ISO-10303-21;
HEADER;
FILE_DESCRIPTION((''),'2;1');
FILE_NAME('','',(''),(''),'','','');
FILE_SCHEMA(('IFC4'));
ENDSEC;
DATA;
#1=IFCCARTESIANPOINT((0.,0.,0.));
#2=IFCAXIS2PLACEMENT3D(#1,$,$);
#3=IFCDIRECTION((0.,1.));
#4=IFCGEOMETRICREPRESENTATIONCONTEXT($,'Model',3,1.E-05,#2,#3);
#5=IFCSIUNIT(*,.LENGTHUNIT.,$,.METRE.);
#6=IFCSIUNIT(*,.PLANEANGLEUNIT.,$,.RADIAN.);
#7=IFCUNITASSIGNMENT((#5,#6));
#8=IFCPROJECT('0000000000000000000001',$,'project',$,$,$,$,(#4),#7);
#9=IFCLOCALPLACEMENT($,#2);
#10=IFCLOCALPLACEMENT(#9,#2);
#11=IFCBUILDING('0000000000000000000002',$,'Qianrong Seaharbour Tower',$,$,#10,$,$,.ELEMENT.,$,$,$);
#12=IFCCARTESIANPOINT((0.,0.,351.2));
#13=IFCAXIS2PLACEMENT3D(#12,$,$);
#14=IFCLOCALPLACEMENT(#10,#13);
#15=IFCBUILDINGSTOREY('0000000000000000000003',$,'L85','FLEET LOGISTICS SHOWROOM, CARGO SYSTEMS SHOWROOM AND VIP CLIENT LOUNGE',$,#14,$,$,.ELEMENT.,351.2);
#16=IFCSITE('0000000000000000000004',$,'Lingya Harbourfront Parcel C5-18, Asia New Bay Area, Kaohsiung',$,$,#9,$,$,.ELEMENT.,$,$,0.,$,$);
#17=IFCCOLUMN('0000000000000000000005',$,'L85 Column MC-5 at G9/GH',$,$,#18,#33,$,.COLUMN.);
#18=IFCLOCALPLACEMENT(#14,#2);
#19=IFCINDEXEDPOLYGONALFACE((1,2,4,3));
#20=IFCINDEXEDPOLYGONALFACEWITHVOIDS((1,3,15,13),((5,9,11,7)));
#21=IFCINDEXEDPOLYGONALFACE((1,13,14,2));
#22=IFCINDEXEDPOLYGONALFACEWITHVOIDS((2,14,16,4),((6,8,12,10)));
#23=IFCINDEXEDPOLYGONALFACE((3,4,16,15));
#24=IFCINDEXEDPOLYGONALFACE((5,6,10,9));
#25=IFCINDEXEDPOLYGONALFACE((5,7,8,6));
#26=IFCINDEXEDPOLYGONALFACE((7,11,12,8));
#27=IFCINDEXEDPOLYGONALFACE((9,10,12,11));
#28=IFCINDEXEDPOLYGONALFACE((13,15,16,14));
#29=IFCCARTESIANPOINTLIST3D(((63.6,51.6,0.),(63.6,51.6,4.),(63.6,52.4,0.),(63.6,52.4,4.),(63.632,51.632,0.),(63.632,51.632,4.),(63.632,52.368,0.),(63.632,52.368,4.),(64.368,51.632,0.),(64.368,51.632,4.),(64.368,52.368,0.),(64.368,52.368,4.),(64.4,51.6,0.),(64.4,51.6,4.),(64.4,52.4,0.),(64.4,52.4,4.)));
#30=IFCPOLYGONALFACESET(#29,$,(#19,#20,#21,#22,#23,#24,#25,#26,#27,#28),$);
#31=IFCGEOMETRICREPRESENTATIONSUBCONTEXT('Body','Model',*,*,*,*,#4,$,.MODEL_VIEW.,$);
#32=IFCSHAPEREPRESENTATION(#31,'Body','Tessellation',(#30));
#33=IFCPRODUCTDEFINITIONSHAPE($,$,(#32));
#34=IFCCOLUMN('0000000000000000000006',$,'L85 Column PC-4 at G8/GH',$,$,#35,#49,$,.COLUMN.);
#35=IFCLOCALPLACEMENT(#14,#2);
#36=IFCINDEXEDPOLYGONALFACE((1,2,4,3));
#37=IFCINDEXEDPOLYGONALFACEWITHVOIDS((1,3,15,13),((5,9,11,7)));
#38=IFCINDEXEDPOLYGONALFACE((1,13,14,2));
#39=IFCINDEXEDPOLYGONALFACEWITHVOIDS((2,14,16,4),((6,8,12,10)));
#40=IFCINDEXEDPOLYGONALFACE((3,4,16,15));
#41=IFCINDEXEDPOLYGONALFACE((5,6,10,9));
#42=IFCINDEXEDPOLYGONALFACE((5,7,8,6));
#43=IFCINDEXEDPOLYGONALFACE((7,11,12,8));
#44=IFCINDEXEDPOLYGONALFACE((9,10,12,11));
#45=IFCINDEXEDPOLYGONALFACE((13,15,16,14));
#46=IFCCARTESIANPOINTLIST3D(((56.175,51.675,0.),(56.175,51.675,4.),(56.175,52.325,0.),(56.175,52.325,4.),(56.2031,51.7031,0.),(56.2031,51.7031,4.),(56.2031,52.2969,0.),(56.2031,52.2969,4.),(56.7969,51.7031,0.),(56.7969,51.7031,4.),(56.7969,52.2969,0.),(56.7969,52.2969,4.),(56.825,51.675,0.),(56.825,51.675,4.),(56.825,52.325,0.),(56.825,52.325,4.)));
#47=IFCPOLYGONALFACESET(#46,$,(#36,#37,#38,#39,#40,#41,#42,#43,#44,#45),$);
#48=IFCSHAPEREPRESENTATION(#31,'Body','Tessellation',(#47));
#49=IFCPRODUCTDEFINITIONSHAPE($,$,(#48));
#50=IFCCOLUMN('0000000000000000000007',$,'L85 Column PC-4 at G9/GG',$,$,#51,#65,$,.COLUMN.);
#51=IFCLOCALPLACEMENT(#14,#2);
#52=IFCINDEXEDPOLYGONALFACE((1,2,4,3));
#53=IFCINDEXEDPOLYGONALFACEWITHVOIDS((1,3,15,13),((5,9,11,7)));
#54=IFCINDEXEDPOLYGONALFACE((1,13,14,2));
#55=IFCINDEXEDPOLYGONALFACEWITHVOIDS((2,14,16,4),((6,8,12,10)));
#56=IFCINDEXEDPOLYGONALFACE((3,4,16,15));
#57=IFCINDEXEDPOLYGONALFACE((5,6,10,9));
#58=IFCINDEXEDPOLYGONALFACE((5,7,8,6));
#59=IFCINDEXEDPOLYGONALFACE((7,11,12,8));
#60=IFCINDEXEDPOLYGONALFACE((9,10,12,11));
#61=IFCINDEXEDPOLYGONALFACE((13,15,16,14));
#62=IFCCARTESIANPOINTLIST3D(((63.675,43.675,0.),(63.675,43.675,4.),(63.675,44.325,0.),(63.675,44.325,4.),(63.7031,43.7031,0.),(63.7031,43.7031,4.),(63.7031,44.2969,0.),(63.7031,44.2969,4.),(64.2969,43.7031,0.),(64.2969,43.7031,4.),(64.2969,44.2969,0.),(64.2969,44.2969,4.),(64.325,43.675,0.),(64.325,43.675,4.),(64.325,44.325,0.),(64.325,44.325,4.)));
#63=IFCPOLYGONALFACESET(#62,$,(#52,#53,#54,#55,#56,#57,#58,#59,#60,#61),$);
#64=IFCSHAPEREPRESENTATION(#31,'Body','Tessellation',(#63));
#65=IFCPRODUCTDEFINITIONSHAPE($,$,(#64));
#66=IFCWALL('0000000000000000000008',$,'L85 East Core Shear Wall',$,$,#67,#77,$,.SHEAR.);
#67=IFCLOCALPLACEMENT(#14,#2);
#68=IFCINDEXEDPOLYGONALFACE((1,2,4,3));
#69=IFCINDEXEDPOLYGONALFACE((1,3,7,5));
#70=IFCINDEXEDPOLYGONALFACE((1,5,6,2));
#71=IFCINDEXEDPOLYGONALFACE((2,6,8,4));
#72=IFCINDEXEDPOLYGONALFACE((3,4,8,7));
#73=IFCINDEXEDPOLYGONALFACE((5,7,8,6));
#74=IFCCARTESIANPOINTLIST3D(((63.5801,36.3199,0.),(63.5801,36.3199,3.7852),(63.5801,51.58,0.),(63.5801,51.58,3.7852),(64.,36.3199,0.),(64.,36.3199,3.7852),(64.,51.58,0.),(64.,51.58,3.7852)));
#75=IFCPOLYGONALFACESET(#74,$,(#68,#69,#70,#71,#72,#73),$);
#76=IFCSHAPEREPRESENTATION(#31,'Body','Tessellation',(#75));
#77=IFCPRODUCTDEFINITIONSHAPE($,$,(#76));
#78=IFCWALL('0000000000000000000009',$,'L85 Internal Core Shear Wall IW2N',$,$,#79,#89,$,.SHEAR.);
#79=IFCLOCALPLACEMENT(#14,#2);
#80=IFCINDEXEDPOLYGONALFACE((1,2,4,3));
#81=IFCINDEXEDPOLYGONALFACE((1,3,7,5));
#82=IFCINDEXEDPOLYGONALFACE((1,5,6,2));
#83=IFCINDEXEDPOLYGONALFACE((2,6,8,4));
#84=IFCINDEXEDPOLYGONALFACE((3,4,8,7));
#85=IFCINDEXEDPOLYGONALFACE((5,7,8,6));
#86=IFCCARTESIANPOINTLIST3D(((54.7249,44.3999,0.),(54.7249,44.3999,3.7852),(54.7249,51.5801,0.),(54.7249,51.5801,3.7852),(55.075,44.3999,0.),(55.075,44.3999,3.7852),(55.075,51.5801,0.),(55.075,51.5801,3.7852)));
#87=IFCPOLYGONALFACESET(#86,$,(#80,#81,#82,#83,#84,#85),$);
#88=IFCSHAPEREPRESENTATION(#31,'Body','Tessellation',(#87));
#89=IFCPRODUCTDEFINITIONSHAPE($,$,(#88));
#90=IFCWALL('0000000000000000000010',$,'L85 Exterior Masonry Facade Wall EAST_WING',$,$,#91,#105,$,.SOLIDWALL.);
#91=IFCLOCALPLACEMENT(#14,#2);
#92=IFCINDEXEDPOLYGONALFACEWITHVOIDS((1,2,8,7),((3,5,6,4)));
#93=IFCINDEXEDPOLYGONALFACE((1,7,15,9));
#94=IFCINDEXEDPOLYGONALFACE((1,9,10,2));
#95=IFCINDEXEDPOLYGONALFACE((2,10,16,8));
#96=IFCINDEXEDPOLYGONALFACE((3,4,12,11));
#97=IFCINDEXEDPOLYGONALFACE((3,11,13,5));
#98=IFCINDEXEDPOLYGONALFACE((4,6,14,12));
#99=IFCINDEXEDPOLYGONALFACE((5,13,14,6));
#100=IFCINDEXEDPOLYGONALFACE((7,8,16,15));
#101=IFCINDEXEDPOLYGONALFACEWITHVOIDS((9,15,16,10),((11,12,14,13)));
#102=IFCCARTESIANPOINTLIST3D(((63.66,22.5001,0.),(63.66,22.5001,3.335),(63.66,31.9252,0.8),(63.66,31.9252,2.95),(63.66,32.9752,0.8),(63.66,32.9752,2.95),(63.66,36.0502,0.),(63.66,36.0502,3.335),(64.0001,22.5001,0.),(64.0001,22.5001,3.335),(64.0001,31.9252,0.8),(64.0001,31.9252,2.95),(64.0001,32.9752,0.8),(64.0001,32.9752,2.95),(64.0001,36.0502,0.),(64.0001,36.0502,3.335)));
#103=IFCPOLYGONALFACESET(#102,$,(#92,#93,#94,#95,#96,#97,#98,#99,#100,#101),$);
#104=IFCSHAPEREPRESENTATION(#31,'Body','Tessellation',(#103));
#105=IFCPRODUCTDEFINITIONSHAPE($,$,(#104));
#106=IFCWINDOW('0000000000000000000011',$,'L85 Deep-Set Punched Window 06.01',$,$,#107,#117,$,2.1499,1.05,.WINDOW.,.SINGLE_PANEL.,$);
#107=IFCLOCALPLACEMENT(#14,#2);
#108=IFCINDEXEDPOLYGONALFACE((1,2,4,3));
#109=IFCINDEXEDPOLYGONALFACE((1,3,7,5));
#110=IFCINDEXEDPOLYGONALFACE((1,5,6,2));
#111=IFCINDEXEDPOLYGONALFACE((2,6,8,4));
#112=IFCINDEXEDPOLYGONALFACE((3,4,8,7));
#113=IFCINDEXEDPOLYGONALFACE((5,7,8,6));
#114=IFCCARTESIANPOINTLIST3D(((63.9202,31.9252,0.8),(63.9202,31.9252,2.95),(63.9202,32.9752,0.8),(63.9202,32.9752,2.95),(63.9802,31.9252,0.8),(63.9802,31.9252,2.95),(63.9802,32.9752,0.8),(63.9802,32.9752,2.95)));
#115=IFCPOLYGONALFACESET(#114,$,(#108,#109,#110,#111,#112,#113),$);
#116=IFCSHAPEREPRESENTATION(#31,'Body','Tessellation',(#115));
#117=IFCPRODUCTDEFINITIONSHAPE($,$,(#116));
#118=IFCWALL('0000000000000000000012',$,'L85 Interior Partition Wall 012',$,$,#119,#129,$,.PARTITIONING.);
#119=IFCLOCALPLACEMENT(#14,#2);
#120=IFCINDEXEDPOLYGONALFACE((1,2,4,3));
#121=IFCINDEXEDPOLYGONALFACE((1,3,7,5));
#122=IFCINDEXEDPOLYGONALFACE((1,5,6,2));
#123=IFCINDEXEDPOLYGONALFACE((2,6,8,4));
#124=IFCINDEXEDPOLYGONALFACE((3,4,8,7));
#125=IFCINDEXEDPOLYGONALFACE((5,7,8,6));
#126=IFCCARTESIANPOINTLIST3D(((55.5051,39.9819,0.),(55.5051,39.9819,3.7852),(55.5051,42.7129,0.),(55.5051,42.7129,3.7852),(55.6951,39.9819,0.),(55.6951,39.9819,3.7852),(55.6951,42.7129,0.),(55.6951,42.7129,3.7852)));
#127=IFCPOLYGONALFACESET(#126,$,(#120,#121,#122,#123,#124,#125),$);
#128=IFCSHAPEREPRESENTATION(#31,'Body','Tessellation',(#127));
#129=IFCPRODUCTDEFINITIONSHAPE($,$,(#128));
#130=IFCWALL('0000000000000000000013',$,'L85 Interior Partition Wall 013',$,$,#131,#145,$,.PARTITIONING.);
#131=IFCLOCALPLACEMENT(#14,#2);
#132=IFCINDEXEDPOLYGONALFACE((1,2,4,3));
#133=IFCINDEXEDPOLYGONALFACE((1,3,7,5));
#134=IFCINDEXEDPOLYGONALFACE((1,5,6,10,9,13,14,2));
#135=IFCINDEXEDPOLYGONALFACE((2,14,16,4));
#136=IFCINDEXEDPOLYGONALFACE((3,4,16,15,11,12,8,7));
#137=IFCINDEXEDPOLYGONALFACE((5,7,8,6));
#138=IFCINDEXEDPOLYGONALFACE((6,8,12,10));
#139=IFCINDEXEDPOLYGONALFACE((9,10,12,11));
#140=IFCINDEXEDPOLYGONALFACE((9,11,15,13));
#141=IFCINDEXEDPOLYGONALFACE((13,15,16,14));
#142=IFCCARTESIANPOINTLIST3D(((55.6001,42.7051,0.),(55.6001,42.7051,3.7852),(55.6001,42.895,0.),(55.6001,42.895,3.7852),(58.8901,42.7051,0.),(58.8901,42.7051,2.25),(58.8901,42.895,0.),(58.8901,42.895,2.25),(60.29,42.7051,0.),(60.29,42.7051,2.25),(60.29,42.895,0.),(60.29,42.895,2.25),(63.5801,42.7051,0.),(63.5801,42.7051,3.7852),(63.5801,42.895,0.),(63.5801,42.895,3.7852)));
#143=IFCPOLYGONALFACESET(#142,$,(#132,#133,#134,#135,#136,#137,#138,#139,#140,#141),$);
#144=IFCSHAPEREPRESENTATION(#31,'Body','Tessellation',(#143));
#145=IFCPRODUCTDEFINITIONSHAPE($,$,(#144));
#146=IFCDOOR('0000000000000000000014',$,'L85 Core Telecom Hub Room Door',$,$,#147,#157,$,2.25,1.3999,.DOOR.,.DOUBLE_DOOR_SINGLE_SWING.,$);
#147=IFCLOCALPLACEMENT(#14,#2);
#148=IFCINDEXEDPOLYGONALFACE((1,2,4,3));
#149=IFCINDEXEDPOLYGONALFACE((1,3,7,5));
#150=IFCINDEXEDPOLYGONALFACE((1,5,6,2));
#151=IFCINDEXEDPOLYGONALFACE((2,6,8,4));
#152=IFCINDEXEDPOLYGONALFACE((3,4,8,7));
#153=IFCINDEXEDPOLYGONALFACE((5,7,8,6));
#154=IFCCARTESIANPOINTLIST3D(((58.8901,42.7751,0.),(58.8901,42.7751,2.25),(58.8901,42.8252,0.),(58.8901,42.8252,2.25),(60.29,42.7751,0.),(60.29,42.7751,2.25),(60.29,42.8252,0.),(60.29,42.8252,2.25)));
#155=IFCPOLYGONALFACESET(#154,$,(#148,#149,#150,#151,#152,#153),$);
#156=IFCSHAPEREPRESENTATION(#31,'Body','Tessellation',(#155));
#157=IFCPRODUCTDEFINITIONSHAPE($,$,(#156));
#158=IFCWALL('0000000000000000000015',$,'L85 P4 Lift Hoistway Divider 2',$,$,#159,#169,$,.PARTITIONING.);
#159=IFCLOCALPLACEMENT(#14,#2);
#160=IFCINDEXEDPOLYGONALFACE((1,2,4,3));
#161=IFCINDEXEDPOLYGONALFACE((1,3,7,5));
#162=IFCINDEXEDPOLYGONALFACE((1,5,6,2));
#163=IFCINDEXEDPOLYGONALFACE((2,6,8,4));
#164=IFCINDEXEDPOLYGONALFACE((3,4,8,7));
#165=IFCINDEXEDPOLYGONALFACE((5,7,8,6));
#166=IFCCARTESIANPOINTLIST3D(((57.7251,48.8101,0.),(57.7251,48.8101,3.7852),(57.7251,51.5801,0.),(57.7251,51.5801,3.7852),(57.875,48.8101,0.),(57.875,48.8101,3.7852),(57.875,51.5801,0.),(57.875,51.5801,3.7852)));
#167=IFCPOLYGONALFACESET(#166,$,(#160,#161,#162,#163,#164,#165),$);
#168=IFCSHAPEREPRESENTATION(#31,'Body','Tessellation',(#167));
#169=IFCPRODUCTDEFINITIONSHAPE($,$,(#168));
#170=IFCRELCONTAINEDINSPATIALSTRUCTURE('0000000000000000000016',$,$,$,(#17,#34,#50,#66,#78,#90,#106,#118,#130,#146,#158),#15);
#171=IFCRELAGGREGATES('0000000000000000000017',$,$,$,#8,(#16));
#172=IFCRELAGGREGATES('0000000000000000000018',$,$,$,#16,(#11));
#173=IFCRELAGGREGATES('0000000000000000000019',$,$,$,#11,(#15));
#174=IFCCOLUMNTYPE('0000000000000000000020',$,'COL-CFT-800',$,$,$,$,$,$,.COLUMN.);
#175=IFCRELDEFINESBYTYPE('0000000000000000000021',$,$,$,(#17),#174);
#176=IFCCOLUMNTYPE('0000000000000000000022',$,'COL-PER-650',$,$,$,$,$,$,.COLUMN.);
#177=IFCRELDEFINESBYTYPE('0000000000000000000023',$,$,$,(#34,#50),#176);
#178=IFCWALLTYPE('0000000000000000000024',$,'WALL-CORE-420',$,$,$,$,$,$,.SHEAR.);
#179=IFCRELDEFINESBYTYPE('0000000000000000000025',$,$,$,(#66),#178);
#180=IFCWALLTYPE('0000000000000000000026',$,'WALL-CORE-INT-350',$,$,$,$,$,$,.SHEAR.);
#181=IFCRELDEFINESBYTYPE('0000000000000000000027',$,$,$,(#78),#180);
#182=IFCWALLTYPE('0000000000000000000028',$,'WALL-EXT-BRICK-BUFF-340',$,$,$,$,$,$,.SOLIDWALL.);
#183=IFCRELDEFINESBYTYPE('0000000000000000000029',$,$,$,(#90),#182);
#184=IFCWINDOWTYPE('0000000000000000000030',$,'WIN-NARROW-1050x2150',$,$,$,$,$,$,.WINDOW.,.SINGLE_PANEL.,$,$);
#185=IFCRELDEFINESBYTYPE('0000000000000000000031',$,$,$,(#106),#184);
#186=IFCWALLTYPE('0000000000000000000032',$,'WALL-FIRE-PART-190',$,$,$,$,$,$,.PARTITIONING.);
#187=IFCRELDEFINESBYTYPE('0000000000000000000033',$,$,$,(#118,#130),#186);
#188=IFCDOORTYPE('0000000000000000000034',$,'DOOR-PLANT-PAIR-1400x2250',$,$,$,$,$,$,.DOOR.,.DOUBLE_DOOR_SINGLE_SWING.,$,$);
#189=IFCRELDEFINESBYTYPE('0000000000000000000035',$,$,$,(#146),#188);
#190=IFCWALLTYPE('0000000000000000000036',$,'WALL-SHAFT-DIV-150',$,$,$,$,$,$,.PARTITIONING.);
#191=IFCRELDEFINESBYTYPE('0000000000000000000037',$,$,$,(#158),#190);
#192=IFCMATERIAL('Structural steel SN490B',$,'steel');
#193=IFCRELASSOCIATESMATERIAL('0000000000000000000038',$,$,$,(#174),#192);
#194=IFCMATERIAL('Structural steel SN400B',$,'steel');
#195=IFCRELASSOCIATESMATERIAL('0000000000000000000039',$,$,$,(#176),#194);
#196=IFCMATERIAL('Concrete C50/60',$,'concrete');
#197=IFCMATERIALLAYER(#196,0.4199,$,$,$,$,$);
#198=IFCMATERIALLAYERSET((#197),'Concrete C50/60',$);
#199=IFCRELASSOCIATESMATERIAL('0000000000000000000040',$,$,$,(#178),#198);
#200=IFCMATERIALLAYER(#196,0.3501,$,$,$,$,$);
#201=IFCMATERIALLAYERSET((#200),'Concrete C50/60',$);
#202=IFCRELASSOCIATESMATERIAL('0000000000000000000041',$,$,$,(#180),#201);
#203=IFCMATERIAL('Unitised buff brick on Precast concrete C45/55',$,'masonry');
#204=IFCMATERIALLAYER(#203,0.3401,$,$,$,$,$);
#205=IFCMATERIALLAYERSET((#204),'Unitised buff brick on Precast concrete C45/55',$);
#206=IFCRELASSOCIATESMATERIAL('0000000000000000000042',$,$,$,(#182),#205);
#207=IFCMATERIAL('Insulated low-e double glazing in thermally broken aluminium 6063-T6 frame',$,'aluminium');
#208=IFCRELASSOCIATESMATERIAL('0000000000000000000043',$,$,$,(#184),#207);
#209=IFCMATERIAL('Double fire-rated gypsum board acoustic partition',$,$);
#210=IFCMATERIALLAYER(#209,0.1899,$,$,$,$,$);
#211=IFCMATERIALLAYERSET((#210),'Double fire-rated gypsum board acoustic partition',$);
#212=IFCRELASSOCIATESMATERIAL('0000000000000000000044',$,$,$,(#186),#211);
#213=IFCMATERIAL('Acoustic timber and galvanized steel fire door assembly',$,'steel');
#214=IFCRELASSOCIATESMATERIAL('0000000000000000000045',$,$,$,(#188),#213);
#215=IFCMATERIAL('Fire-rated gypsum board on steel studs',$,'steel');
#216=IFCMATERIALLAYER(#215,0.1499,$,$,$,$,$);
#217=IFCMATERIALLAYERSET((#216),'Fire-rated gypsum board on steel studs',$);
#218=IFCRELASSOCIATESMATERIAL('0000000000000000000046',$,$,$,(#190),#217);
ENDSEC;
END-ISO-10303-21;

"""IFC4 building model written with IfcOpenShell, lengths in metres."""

from ifc_helpers import new_model, si_unit, direction, frame, frame_2d, origin, origin_2d, place, context, subcontext, project, spatial, rectangle, hollow_rectangle, extrude, material, layer, layer_set, material_profile, profile_set, type_object, element, fill, save


model = new_model("IFC4")

# Units and contexts
model_context = context("Model", 3, precision=1e-05, world=origin(), true_north=direction((0.0, 1.0)))
body_context = subcontext(model_context, "Body", "Model", "MODEL_VIEW")
ifc_project = project(units=[si_unit("LENGTHUNIT", "METRE"), si_unit("PLANEANGLEUNIT", "RADIAN")], contexts=[model_context])

# Site, building, storey
site_placement = place(None, origin())
site = spatial("IfcSite", under=ifc_project, at=site_placement, Name="Lingya Harbourfront Parcel C5-18, Asia New Bay Area, Kaohsiung", CompositionType="ELEMENT", RefElevation=0.0)
building_placement = place(site_placement, origin())
building = spatial("IfcBuilding", under=site, at=building_placement, Name="Qianrong Seaharbour Tower", CompositionType="ELEMENT")
storey_placement = place(building_placement, frame((0.0, 0.0, 351.2)))
storey = spatial("IfcBuildingStorey", under=building, at=storey_placement, Name="L85", Description="FLEET LOGISTICS SHOWROOM, CARGO SYSTEMS SHOWROOM AND VIP CLIENT LOUNGE", CompositionType="ELEMENT", Elevation=351.2)

# Columns
ifc_material_1 = material(Name="Structural steel SN490B", Category="steel")
ifc_material_profile_1 = material_profile(ifc_material_1, hollow_rectangle(XDim=0.8, YDim=0.8, WallThickness=0.032, at=origin_2d()), Name="BOX800x800x32")
ifc_profile_set_1 = profile_set([ifc_material_profile_1], Name="Structural steel SN490B")
column_type_1 = type_object("IfcColumnType", Name="COL-CFT-800", PredefinedType="COLUMN", material=ifc_profile_set_1)
column_placement = place(storey_placement, frame((64.0, 52.0, 0.0), z_axis=(0.0, 0.0, 1.0), x_axis=(1.0, 0.0, 0.0)))
element("IfcColumn", 1, at=column_placement, inside=storey, type_object=column_type_1, Name="L85 Column MC-5 at G9/GH", PredefinedType="COLUMN", context=body_context, shape_type="SweptSolid", body=[
    extrude(hollow_rectangle(XDim=0.8, YDim=0.8, WallThickness=0.032, at=origin_2d()), origin(), (0.0, 0.0, 1.0), 4.0),
])
ifc_material_2 = material(Name="Structural steel SN400B", Category="steel")
ifc_material_profile_2 = material_profile(ifc_material_2, hollow_rectangle(XDim=0.6499, YDim=0.6499, WallThickness=0.0281, at=origin_2d()), Name="BOX650x650x28")
ifc_profile_set_2 = profile_set([ifc_material_profile_2], Name="Structural steel SN400B")
column_type_2 = type_object("IfcColumnType", Name="COL-PER-650", PredefinedType="COLUMN", material=ifc_profile_set_2)
for number, where, z_axis, x_axis, name in (
    (2, (56.5, 52.0, 0.0), (0.0, 0.0, 1.0), (1.0, 0.0, 0.0), "L85 Column PC-4 at G8/GH"),
    (3, (64.0, 44.0, 0.0), (0.0, 0.0, 1.0), (1.0, 0.0, 0.0), "L85 Column PC-4 at G9/GG"),
):
    element("IfcColumn", number, at=place(storey_placement, frame(where, z_axis=z_axis, x_axis=x_axis)), inside=storey, type_object=column_type_2, Name=name, PredefinedType="COLUMN", context=body_context, shape_type="SweptSolid", body=[
        extrude(hollow_rectangle(XDim=0.6499, YDim=0.6499, WallThickness=0.0281, at=origin_2d()), origin(), (0.0, 0.0, 1.0), 4.0),
    ])

# Walls
ifc_material_3 = material(Name="Concrete C50/60", Category="concrete")
ifc_layer_1 = layer(ifc_material_3, 0.4199)
ifc_layer_set_1 = layer_set([ifc_layer_1], Name="Concrete C50/60")
wall_type_1 = type_object("IfcWallType", Name="WALL-CORE-420", PredefinedType="SHEAR", material=ifc_layer_set_1)
wall_1_placement = place(storey_placement, frame((63.79, 36.3201, 0.0), z_axis=(0.0, 0.0, 1.0), x_axis=(0.0, 1.0, 0.0)))
element("IfcWall", 4, at=wall_1_placement, inside=storey, type_object=wall_type_1, Name="L85 East Core Shear Wall", PredefinedType="SHEAR", context=body_context, shape_type="SweptSolid", body=[
    extrude(rectangle(XDim=15.26, YDim=0.4199, at=frame_2d((7.6299, 0.0))), origin(), (0.0, 0.0, 1.0), 3.7852),
])
ifc_layer_2 = layer(ifc_material_3, 0.3501)
ifc_layer_set_2 = layer_set([ifc_layer_2], Name="Concrete C50/60")
wall_type_2 = type_object("IfcWallType", Name="WALL-CORE-INT-350", PredefinedType="SHEAR", material=ifc_layer_set_2)
wall_2_placement = place(storey_placement, frame((54.8999, 44.3999, 0.0), z_axis=(0.0, 0.0, 1.0), x_axis=(0.0, 1.0, 0.0)))
element("IfcWall", 5, at=wall_2_placement, inside=storey, type_object=wall_type_2, Name="L85 Internal Core Shear Wall IW2N", PredefinedType="SHEAR", context=body_context, shape_type="SweptSolid", body=[
    extrude(rectangle(XDim=7.1802, YDim=0.3501, at=frame_2d((3.5901, 0.0))), origin(), (0.0, 0.0, 1.0), 3.7852),
])

# Wall, opening, window
ifc_material_4 = material(Name="Unitised buff brick on Precast concrete C45/55", Category="masonry")
ifc_layer_3 = layer(ifc_material_4, 0.3401)
ifc_layer_set_3 = layer_set([ifc_layer_3], Name="Unitised buff brick on Precast concrete C45/55")
wall_type_3 = type_object("IfcWallType", Name="WALL-EXT-BRICK-BUFF-340", PredefinedType="SOLIDWALL", material=ifc_layer_set_3)
wall_3_placement = place(storey_placement, frame((63.8301, 36.05, 0.0), z_axis=(0.0, 0.0, 1.0), x_axis=(0.0, -1.0, 0.0)))
wall_3 = element("IfcWall", 6, at=wall_3_placement, inside=storey, type_object=wall_type_3, Name="L85 Exterior Masonry Facade Wall EAST_WING", PredefinedType="SOLIDWALL", context=body_context, shape_type="SweptSolid", body=[
    extrude(rectangle(XDim=13.55, YDim=0.3401, at=frame_2d((6.7749, 0.0))), origin(), (0.0, 0.0, 1.0), 3.335),
])
opening_1_placement = place(wall_3_placement, frame((3.075, 0.0, 0.8)))
opening_1 = element("IfcOpeningElement", 7, at=opening_1_placement, cuts=wall_3, PredefinedType="OPENING", context=body_context, shape_type="SweptSolid", body=[
    extrude(rectangle(XDim=1.05, YDim=2.1499, at=frame_2d((0.5249, 1.075))), frame((0.0, 0.1802, 0.0), z_axis=(0.0, -1.0, 0.0), x_axis=(1.0, 0.0, 0.0)), (0.0, 0.0, 1.0), 0.3601),
])
ifc_material_5 = material(Name="Insulated low-e double glazing in thermally broken aluminium 6063-T6 frame", Category="aluminium")
window_type = type_object("IfcWindowType", Name="WIN-NARROW-1050x2150", PartitioningType="SINGLE_PANEL", PredefinedType="WINDOW", material=ifc_material_5)
window_placement = place(opening_1_placement, origin())
window = element("IfcWindow", 8, at=window_placement, inside=storey, type_object=window_type, Name="L85 Deep-Set Punched Window 06.01", OverallHeight=2.1499, OverallWidth=1.05, PartitioningType="SINGLE_PANEL", PredefinedType="WINDOW", context=body_context, shape_type="SweptSolid", body=[
    extrude(rectangle(XDim=1.05, YDim=2.1499, at=frame_2d((0.5249, 1.075))), frame((0.0, 0.1501, 0.0), z_axis=(0.0, -1.0, 0.0), x_axis=(1.0, 0.0, 0.0)), (0.0, 0.0, 1.0), 0.0601),
])
fill(opening_1, window)

# Wall
ifc_material_6 = material(Name="Double fire-rated gypsum board acoustic partition")
ifc_layer_4 = layer(ifc_material_6, 0.1899)
ifc_layer_set_4 = layer_set([ifc_layer_4], Name="Double fire-rated gypsum board acoustic partition")
wall_type_4 = type_object("IfcWallType", Name="WALL-FIRE-PART-190", PredefinedType="PARTITIONING", material=ifc_layer_set_4)
wall_4_placement = place(storey_placement, frame((55.6001, 42.7129, 0.0), z_axis=(0.0, 0.0, 1.0), x_axis=(0.0, -1.0, 0.0)))
element("IfcWall", 9, at=wall_4_placement, inside=storey, type_object=wall_type_4, Name="L85 Interior Partition Wall 012", PredefinedType="PARTITIONING", context=body_context, shape_type="SweptSolid", body=[
    extrude(rectangle(XDim=2.731, YDim=0.1899, at=frame_2d((1.3655, 0.0))), origin(), (0.0, 0.0, 1.0), 3.7852),
])

# Wall, opening, door
wall_5_placement = place(storey_placement, frame((63.5801, 42.8, 0.0), z_axis=(0.0, 0.0, 1.0), x_axis=(-1.0, 0.0, 0.0)))
wall_5 = element("IfcWall", 10, at=wall_5_placement, inside=storey, type_object=wall_type_4, Name="L85 Interior Partition Wall 013", PredefinedType="PARTITIONING", context=body_context, shape_type="SweptSolid", body=[
    extrude(rectangle(XDim=7.98, YDim=0.1899, at=frame_2d((3.99, 0.0))), origin(), (0.0, 0.0, 1.0), 3.7852),
])
opening_2_placement = place(wall_5_placement, frame((3.29, 0.0, 0.0)))
opening_2 = element("IfcOpeningElement", 11, at=opening_2_placement, cuts=wall_5, PredefinedType="OPENING", context=body_context, shape_type="SweptSolid", body=[
    extrude(rectangle(XDim=1.3999, YDim=2.25, at=frame_2d((0.7, 1.125))), frame((0.0, 0.105, 0.0), z_axis=(0.0, -1.0, 0.0), x_axis=(1.0, 0.0, 0.0)), (0.0, 0.0, 1.0), 0.21),
])
ifc_material_7 = material(Name="Acoustic timber and galvanized steel fire door assembly", Category="steel")
door_type_1 = type_object("IfcDoorType", Name="DOOR-PLANT-PAIR-1400x2250", OperationType="DOUBLE_DOOR_SINGLE_SWING", PredefinedType="DOOR", material=ifc_material_7)
door_1_placement = place(opening_2_placement, origin())
door_1 = element("IfcDoor", 12, at=door_1_placement, inside=storey, type_object=door_type_1, Name="L85 Core Telecom Hub Room Door", OperationType="DOUBLE_DOOR_SINGLE_SWING", OverallHeight=2.25, OverallWidth=1.3999, PredefinedType="DOOR", context=body_context, shape_type="SweptSolid", body=[
    extrude(rectangle(XDim=1.3999, YDim=2.25, at=frame_2d((0.7, 1.125))), frame((0.0, 0.0249, 0.0), z_axis=(0.0, -1.0, 0.0), x_axis=(1.0, 0.0, 0.0)), (0.0, 0.0, 1.0), 0.05),
])
fill(opening_2, door_1)

# Wall
ifc_material_8 = material(Name="Fire-rated gypsum board on steel studs", Category="steel")
ifc_layer_5 = layer(ifc_material_8, 0.1499)
ifc_layer_set_5 = layer_set([ifc_layer_5], Name="Fire-rated gypsum board on steel studs")
wall_type_5 = type_object("IfcWallType", Name="WALL-SHAFT-DIV-150", PredefinedType="PARTITIONING", material=ifc_layer_set_5)
for number, where, z_axis, x_axis, name in (
    (13, (57.8, 48.8101, 0.0), (0.0, 0.0, 1.0), (0.0, 1.0, 0.0), "L85 P4 Lift Hoistway Divider 2"),
):
    element("IfcWall", number, at=place(storey_placement, frame(where, z_axis=z_axis, x_axis=x_axis)), inside=storey, type_object=wall_type_5, Name=name, PredefinedType="PARTITIONING", context=body_context, shape_type="SweptSolid", body=[
        extrude(rectangle(XDim=2.77, YDim=0.1499, at=frame_2d((1.385, 0.0))), origin(), (0.0, 0.0, 1.0), 3.7852),
    ])

save(model, "model.ifc")
